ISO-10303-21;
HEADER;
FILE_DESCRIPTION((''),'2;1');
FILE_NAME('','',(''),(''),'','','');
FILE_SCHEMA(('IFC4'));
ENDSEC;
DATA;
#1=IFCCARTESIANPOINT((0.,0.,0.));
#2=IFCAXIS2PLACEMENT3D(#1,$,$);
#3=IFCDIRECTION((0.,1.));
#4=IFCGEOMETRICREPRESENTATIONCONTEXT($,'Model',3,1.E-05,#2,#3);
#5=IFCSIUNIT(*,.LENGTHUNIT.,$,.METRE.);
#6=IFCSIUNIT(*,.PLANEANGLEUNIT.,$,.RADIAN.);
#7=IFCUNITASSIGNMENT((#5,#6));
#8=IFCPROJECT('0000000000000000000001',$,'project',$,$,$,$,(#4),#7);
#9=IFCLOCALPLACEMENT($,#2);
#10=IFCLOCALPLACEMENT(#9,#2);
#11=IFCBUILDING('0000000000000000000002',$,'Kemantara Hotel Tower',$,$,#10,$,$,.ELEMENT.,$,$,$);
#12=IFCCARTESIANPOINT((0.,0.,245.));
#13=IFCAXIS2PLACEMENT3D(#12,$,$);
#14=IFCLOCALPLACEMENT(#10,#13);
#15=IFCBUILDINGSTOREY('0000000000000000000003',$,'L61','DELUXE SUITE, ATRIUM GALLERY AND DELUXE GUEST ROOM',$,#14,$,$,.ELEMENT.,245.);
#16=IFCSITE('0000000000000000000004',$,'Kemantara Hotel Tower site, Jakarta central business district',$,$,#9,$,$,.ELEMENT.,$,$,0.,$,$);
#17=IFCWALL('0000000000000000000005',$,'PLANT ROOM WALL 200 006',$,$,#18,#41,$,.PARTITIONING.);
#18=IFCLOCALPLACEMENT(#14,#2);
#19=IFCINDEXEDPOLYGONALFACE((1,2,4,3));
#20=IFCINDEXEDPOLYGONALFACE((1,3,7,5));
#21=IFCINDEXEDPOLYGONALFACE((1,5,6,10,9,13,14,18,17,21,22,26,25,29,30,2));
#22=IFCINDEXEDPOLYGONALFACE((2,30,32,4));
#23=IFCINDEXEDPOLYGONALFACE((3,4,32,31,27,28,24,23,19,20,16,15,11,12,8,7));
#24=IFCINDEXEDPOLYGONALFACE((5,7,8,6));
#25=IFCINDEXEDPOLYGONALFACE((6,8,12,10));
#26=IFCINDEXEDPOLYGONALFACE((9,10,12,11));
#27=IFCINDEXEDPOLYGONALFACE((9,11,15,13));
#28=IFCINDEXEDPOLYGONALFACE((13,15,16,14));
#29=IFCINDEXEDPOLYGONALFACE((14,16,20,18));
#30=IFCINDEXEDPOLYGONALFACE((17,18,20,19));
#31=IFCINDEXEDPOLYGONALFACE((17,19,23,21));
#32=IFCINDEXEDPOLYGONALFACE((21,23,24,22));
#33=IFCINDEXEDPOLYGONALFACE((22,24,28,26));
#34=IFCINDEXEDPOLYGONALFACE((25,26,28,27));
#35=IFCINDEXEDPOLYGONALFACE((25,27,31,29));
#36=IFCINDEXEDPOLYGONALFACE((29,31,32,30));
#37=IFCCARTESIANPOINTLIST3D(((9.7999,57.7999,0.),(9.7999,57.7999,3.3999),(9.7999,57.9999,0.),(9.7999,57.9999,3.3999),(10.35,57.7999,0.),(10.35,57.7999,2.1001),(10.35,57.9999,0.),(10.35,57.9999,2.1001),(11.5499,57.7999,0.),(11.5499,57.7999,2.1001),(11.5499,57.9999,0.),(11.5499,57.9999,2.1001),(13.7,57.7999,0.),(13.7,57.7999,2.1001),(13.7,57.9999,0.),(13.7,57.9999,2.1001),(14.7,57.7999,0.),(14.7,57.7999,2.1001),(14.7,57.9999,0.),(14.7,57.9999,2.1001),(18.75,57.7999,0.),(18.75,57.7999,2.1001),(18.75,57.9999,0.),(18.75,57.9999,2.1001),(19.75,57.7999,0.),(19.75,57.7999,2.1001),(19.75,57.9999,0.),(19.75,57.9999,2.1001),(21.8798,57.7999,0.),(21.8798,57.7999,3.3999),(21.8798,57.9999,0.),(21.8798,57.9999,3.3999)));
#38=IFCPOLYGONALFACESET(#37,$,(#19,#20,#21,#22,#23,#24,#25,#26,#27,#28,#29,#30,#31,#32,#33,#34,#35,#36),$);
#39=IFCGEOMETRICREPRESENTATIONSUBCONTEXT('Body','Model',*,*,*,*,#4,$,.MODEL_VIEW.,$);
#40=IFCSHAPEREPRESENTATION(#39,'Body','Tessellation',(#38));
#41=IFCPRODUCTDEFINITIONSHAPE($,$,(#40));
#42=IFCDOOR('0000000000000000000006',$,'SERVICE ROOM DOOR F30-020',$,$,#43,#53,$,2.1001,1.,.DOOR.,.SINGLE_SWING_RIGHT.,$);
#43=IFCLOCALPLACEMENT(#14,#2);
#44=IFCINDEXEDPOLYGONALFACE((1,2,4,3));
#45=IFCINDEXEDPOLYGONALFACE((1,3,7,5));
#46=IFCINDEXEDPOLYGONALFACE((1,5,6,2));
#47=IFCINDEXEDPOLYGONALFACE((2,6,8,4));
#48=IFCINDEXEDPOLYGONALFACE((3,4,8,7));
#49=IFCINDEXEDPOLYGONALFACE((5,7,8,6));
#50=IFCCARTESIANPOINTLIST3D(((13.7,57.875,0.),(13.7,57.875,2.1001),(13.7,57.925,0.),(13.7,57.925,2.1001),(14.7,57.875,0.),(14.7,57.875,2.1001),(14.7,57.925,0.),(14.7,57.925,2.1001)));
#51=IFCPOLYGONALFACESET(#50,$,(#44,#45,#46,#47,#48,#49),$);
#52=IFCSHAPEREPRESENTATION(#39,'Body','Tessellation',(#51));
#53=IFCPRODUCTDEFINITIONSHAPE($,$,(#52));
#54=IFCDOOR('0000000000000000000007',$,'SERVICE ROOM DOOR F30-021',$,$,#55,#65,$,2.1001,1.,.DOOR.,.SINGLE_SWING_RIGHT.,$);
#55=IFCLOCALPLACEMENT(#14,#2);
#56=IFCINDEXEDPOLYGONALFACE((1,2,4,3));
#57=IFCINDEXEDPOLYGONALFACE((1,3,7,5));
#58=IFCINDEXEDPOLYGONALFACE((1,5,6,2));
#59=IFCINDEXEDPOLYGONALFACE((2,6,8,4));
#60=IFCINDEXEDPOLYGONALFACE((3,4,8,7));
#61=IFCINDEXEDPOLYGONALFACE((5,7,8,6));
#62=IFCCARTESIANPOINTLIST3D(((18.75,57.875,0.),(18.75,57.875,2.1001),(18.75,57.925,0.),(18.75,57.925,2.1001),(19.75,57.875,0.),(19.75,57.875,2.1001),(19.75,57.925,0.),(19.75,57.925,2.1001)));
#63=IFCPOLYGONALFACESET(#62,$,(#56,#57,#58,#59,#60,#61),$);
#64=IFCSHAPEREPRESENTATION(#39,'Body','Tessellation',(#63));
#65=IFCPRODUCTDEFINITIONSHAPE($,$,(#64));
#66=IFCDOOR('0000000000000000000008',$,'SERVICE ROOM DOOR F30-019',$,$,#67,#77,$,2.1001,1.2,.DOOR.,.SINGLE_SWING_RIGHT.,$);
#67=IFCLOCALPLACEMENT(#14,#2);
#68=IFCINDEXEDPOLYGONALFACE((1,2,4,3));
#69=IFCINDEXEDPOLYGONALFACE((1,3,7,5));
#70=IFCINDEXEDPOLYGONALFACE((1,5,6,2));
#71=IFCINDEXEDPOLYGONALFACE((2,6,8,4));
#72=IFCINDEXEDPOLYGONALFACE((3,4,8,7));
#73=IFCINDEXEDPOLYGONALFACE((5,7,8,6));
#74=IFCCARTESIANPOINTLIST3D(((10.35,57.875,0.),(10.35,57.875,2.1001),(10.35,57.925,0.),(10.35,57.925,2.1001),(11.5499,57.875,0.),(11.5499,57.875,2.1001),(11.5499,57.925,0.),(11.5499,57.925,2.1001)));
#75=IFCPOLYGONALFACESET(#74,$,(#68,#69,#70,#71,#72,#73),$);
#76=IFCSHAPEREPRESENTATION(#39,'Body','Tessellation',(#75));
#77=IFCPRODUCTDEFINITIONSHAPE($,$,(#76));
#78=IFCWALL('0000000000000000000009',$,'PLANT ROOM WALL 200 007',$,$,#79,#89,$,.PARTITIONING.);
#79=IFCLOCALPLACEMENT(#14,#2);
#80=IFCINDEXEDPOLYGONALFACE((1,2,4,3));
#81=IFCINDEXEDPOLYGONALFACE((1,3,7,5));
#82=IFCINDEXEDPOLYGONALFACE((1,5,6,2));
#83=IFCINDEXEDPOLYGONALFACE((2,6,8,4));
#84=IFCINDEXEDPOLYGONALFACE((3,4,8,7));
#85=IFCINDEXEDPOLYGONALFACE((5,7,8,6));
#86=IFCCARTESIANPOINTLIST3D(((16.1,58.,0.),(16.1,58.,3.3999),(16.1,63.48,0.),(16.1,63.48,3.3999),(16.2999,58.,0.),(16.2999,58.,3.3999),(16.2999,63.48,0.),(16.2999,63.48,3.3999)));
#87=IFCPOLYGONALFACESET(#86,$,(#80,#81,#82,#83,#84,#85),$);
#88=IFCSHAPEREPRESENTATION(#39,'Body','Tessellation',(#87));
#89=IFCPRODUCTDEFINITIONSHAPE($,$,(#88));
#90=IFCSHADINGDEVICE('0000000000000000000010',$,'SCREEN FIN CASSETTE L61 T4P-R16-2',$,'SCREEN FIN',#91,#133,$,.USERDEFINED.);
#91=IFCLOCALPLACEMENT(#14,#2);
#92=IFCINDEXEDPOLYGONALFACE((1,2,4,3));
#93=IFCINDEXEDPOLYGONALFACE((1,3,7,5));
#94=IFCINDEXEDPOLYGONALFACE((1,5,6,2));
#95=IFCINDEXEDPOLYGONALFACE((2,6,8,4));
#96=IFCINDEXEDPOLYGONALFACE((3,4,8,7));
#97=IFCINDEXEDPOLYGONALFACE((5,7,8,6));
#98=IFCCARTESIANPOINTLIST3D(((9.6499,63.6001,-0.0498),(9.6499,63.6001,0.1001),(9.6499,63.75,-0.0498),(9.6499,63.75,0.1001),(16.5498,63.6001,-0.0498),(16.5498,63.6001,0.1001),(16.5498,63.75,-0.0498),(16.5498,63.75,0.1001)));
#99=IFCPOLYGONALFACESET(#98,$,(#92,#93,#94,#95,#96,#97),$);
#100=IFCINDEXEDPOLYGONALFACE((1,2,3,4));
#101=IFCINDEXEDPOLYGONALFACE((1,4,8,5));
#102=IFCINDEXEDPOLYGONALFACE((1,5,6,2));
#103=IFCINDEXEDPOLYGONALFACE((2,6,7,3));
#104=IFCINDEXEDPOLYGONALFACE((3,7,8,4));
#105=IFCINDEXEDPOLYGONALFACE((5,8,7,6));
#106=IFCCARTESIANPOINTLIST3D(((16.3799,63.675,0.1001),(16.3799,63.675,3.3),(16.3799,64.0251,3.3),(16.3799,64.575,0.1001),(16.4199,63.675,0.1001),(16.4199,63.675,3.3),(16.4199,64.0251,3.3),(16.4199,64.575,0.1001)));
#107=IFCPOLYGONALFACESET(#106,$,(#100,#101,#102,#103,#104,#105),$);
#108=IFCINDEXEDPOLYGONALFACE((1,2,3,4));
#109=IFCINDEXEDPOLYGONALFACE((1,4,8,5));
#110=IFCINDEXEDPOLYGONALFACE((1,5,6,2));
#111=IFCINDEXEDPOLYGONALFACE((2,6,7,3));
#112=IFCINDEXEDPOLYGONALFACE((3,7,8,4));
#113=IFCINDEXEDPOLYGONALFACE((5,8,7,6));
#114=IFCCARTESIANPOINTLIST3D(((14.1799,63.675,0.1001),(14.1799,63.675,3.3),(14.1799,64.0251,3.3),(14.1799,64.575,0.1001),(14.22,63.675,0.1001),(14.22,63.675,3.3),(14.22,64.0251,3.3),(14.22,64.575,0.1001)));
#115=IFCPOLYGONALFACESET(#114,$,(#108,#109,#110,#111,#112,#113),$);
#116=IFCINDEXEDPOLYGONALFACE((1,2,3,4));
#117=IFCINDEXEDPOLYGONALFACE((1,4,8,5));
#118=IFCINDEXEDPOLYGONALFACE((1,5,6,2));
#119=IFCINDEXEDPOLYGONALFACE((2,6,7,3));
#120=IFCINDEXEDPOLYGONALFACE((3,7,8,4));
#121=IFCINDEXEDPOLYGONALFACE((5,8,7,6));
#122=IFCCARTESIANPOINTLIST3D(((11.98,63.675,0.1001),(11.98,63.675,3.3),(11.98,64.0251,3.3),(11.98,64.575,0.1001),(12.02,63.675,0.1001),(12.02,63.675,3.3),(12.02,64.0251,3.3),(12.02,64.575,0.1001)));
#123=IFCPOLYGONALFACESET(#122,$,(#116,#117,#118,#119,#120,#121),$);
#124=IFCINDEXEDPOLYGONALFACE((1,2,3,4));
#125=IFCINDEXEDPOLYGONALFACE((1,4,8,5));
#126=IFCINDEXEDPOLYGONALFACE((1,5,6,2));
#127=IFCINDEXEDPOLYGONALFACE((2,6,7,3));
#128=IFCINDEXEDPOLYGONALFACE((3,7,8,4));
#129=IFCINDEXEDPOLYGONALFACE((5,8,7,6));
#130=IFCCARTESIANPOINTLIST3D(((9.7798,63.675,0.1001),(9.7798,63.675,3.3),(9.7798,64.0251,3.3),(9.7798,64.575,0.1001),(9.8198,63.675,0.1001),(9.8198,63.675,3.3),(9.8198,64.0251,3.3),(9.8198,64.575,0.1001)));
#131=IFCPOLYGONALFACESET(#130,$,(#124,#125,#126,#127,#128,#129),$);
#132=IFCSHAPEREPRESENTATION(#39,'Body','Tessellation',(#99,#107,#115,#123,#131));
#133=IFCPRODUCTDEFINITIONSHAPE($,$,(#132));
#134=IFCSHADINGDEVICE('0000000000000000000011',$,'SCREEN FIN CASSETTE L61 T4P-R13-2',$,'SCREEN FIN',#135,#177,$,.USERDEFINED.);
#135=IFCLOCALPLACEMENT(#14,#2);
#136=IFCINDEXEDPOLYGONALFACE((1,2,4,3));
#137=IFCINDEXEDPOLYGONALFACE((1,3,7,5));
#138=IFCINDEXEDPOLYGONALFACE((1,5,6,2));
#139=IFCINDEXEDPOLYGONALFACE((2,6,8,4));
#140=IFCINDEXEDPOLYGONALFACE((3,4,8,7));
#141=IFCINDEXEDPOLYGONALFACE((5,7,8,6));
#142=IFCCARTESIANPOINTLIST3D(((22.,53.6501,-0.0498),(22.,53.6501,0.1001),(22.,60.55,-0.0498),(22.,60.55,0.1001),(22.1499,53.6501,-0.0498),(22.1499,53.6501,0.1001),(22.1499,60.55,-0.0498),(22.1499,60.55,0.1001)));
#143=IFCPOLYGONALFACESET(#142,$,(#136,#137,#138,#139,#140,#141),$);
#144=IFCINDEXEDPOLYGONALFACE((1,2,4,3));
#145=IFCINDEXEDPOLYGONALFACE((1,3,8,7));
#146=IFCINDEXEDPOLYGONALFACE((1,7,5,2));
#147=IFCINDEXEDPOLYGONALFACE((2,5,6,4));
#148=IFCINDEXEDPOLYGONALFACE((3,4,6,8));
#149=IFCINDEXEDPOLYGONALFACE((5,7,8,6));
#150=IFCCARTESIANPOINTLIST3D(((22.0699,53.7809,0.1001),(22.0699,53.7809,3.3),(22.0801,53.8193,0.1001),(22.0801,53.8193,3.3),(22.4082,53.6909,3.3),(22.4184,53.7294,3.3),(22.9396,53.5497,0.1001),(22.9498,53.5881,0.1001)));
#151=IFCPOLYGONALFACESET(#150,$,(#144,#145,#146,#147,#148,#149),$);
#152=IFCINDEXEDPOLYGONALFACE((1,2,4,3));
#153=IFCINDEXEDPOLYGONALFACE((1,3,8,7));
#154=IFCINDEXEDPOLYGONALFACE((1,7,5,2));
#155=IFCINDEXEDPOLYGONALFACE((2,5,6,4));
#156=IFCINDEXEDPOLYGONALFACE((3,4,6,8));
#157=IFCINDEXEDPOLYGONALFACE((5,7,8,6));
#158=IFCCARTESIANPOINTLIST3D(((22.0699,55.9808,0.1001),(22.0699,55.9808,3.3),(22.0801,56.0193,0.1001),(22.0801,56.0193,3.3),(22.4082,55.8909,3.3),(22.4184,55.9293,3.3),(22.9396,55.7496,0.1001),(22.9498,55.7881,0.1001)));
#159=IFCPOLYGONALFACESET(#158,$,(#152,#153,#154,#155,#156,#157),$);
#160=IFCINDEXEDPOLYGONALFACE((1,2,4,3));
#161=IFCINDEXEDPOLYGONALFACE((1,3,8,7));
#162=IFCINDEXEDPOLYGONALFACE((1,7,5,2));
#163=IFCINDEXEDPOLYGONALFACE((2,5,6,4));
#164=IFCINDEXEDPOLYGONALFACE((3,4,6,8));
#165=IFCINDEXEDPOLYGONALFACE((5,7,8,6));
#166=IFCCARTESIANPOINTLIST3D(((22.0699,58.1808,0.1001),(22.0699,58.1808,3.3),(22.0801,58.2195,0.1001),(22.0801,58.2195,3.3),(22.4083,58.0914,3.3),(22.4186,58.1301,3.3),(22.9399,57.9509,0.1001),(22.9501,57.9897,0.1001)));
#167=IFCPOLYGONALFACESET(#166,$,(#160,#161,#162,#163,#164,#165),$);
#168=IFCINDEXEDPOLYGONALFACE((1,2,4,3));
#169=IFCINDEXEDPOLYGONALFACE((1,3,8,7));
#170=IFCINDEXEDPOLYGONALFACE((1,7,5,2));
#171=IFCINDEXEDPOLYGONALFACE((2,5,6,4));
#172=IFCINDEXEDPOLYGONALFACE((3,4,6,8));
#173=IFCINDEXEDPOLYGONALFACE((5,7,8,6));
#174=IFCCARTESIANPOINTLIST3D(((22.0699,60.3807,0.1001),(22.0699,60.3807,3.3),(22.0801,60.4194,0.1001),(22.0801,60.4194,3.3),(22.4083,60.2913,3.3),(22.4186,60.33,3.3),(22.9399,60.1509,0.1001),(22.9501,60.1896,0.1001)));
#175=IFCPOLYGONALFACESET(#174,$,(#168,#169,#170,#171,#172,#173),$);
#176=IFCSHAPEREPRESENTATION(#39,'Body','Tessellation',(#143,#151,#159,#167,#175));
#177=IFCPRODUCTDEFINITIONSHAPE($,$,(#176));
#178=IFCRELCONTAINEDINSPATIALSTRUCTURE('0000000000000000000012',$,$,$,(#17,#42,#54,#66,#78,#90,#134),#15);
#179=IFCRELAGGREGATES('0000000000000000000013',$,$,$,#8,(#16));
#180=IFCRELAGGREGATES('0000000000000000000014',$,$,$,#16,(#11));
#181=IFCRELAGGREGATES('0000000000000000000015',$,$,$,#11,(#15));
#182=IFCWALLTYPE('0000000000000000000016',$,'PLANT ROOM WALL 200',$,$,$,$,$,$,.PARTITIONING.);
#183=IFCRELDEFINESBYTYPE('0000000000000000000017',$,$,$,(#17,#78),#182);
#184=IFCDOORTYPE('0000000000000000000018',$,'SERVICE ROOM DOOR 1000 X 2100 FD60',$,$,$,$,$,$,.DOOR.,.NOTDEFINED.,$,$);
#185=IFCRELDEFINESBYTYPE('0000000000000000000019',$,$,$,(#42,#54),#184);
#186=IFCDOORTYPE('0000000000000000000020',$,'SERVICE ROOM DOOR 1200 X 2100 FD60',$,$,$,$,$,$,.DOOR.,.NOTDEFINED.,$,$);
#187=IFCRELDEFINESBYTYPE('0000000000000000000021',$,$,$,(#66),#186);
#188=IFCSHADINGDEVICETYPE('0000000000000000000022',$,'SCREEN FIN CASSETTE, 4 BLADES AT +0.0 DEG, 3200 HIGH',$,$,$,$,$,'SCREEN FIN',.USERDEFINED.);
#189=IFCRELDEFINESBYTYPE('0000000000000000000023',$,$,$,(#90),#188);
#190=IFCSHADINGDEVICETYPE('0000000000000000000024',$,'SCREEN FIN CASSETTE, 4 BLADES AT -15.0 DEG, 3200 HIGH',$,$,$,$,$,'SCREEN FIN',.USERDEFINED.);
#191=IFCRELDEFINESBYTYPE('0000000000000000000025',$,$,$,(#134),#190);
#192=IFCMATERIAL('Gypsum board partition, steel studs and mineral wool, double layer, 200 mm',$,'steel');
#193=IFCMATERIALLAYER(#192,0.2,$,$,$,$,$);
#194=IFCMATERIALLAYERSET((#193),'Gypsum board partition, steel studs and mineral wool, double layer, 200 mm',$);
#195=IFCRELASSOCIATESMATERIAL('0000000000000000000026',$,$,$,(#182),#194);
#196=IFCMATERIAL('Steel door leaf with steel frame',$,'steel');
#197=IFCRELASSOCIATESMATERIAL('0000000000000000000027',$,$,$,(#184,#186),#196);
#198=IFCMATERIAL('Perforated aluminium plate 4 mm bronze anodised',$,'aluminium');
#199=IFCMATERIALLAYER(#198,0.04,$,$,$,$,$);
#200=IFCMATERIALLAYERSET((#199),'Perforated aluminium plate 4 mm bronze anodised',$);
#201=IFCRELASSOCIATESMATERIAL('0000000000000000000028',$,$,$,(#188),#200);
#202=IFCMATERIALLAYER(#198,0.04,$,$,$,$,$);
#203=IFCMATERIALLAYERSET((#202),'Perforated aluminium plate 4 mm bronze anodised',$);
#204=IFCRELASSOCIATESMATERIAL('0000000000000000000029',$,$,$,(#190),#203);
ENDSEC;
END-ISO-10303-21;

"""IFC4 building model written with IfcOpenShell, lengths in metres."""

from ifc_helpers import new_model, si_unit, direction, frame, frame_2d, origin, origin_2d, place, context, subcontext, project, spatial, polyline, rectangle, outline, extrude, source, transform, mapped, material, layer, layer_set, type_object, element, fill, save


model = new_model("IFC4")

# Units and contexts
model_context = context("Model", 3, precision=1e-05, world=origin(), true_north=direction((0.0, 1.0)))
body_context = subcontext(model_context, "Body", "Model", "MODEL_VIEW")
ifc_project = project(units=[si_unit("LENGTHUNIT", "METRE"), si_unit("PLANEANGLEUNIT", "RADIAN")], contexts=[model_context])

# Site, building, storey
site_placement = place(None, origin())
site = spatial("IfcSite", under=ifc_project, at=site_placement, Name="Kemantara Hotel Tower site, Jakarta central business district", CompositionType="ELEMENT", RefElevation=0.0)
building_placement = place(site_placement, origin())
building = spatial("IfcBuilding", under=site, at=building_placement, Name="Kemantara Hotel Tower", CompositionType="ELEMENT")
storey_placement = place(building_placement, frame((0.0, 0.0, 245.0)))
storey = spatial("IfcBuildingStorey", under=building, at=storey_placement, Name="L61", Description="DELUXE SUITE, ATRIUM GALLERY AND DELUXE GUEST ROOM", CompositionType="ELEMENT", Elevation=245.0)

# Wall, openings, doors
ifc_material_1 = material(Name="Gypsum board partition, steel studs and mineral wool, double layer, 200 mm", Category="steel")
ifc_layer_1 = layer(ifc_material_1, 0.2)
ifc_layer_set_1 = layer_set([ifc_layer_1], Name="Gypsum board partition, steel studs and mineral wool, double layer, 200 mm")
wall_type = type_object("IfcWallType", Name="PLANT ROOM WALL 200", PredefinedType="PARTITIONING", material=ifc_layer_set_1)
wall_1_placement = place(storey_placement, frame((21.8799, 57.8999, 0.0), z_axis=(0.0, 0.0, 1.0), x_axis=(-1.0, 0.0, 0.0)))
wall_1 = element("IfcWall", 1, at=wall_1_placement, inside=storey, type_object=wall_type, Name="PLANT ROOM WALL 200 006", PredefinedType="PARTITIONING", context=body_context, shape_type="SweptSolid", body=[
    extrude(rectangle(XDim=12.0798, YDim=0.2, at=frame_2d((6.04, 0.0))), origin(), (0.0, 0.0, 1.0), 3.3999),
])
opening_1_placement = place(wall_1_placement, frame((10.3298, 0.0, 0.0)))
opening_1 = element("IfcOpeningElement", 2, at=opening_1_placement, cuts=wall_1, PredefinedType="OPENING", context=body_context, shape_type="SweptSolid", body=[
    extrude(rectangle(XDim=1.2, YDim=2.1001, at=frame_2d((0.6001, 1.05))), frame((0.0, 0.1099, 0.0), z_axis=(0.0, -1.0, 0.0), x_axis=(1.0, 0.0, 0.0)), (0.0, 0.0, 1.0), 0.22),
])
opening_2_placement = place(wall_1_placement, frame((7.1799, 0.0, 0.0)))
opening_2 = element("IfcOpeningElement", 3, at=opening_2_placement, cuts=wall_1, PredefinedType="OPENING", context=body_context, shape_type="SweptSolid", body=[
    extrude(rectangle(XDim=1.0, YDim=2.1001, at=frame_2d((0.5, 1.05))), frame((0.0, 0.1099, 0.0), z_axis=(0.0, -1.0, 0.0), x_axis=(1.0, 0.0, 0.0)), (0.0, 0.0, 1.0), 0.22),
])
opening_3_placement = place(wall_1_placement, frame((2.1299, 0.0, 0.0)))
opening_3 = element("IfcOpeningElement", 4, at=opening_3_placement, cuts=wall_1, PredefinedType="OPENING", context=body_context, shape_type="SweptSolid", body=[
    extrude(rectangle(XDim=1.0, YDim=2.1001, at=frame_2d((0.5, 1.05))), frame((0.0, 0.1099, 0.0), z_axis=(0.0, -1.0, 0.0), x_axis=(1.0, 0.0, 0.0)), (0.0, 0.0, 1.0), 0.22),
])
ifc_material_2 = material(Name="Steel door leaf with steel frame", Category="steel")
door_type_1 = type_object("IfcDoorType", Name="SERVICE ROOM DOOR 1000 X 2100 FD60", OperationType="NOTDEFINED", PredefinedType="DOOR", material=ifc_material_2)
door_1_placement = place(opening_2_placement, origin())
door_1 = element("IfcDoor", 5, at=door_1_placement, inside=storey, type_object=door_type_1, Name="SERVICE ROOM DOOR F30-020", OperationType="SINGLE_SWING_RIGHT", OverallHeight=2.1001, OverallWidth=1.0, PredefinedType="DOOR", context=body_context, shape_type="SweptSolid", body=[
    extrude(rectangle(XDim=1.0, YDim=2.1001, at=frame_2d((0.5, 1.05))), frame((0.0, 0.0249, 0.0), z_axis=(0.0, -1.0, 0.0), x_axis=(1.0, 0.0, 0.0)), (0.0, 0.0, 1.0), 0.05),
])
fill(opening_2, door_1)
door_2_placement = place(opening_3_placement, origin())
door_2 = element("IfcDoor", 6, at=door_2_placement, inside=storey, type_object=door_type_1, Name="SERVICE ROOM DOOR F30-021", OperationType="SINGLE_SWING_RIGHT", OverallHeight=2.1001, OverallWidth=1.0, PredefinedType="DOOR", context=body_context, shape_type="SweptSolid", body=[
    extrude(rectangle(XDim=1.0, YDim=2.1001, at=frame_2d((0.5, 1.05))), frame((0.0, 0.0249, 0.0), z_axis=(0.0, -1.0, 0.0), x_axis=(1.0, 0.0, 0.0)), (0.0, 0.0, 1.0), 0.05),
])
fill(opening_3, door_2)
door_type_2 = type_object("IfcDoorType", Name="SERVICE ROOM DOOR 1200 X 2100 FD60", OperationType="NOTDEFINED", PredefinedType="DOOR", material=ifc_material_2)
door_3_placement = place(opening_1_placement, origin())
door_3 = element("IfcDoor", 7, at=door_3_placement, inside=storey, type_object=door_type_2, Name="SERVICE ROOM DOOR F30-019", OperationType="SINGLE_SWING_RIGHT", OverallHeight=2.1001, OverallWidth=1.2, PredefinedType="DOOR", context=body_context, shape_type="SweptSolid", body=[
    extrude(rectangle(XDim=1.2, YDim=2.1001, at=frame_2d((0.6001, 1.05))), frame((0.0, 0.0249, 0.0), z_axis=(0.0, -1.0, 0.0), x_axis=(1.0, 0.0, 0.0)), (0.0, 0.0, 1.0), 0.05),
])
fill(opening_1, door_3)

# Wall
wall_2_placement = place(storey_placement, frame((16.2, 58.0, 0.0), z_axis=(0.0, 0.0, 1.0), x_axis=(0.0, 1.0, 0.0)))
element("IfcWall", 8, at=wall_2_placement, inside=storey, type_object=wall_type, Name="PLANT ROOM WALL 200 007", PredefinedType="PARTITIONING", context=body_context, shape_type="SweptSolid", body=[
    extrude(rectangle(XDim=5.48, YDim=0.2, at=frame_2d((2.74, 0.0))), origin(), (0.0, 0.0, 1.0), 3.3999),
])

# Shading devices
ifc_material_3 = material(Name="Perforated aluminium plate 4 mm bronze anodised", Category="aluminium")
ifc_layer_2 = layer(ifc_material_3, 0.04)
ifc_layer_set_2 = layer_set([ifc_layer_2], Name="Perforated aluminium plate 4 mm bronze anodised")
shading_device_type_1 = type_object("IfcShadingDeviceType", Name="SCREEN FIN CASSETTE, 4 BLADES AT +0.0 DEG, 3200 HIGH", ElementType="SCREEN FIN", PredefinedType="USERDEFINED", material=ifc_layer_set_2)
shared_shape_1 = source(origin(), body_context, "Body", "SweptSolid", [
    extrude(rectangle(XDim=6.8999, YDim=0.1499, at=origin_2d()), frame((3.3, -0.075, -0.1499), z_axis=(0.0, 0.0, 1.0), x_axis=(1.0, 0.0, 0.0)), (0.0, 0.0, 1.0), 0.1499),
    extrude(outline(polyline([(0.0, 0.0), (0.8999, 0.0), (0.3501, 3.2), (0.0, 3.2), (0.0, 0.0)])), frame((0.02, -0.075, 0.0), z_axis=(-1.0, 0.0, 0.0), x_axis=(0.0, -1.0, 0.0)), (0.0, 0.0, 1.0), 0.04),
    extrude(outline(polyline([(0.0, 0.0), (0.8999, 0.0), (0.3501, 3.2), (0.0, 3.2), (0.0, 0.0)])), frame((2.22, -0.075, 0.0), z_axis=(-1.0, 0.0, 0.0), x_axis=(0.0, -1.0, 0.0)), (0.0, 0.0, 1.0), 0.04),
    extrude(outline(polyline([(0.0, 0.0), (0.8999, 0.0), (0.3501, 3.2), (0.0, 3.2), (0.0, 0.0)])), frame((4.4199, -0.075, 0.0), z_axis=(-1.0, 0.0, 0.0), x_axis=(0.0, -1.0, 0.0)), (0.0, 0.0, 1.0), 0.04),
    extrude(outline(polyline([(0.0, 0.0), (0.8999, 0.0), (0.3501, 3.2), (0.0, 3.2), (0.0, 0.0)])), frame((6.6201, -0.075, 0.0), z_axis=(-1.0, 0.0, 0.0), x_axis=(0.0, -1.0, 0.0)), (0.0, 0.0, 1.0), 0.04),
])
shading_device_1_placement = place(storey_placement, frame((16.3999, 63.6001, 0.1001), z_axis=(0.0, 0.0, 1.0), x_axis=(-1.0, 0.0, 0.0)))
element("IfcShadingDevice", 9, at=shading_device_1_placement, inside=storey, type_object=shading_device_type_1, Name="SCREEN FIN CASSETTE L61 T4P-R16-2", ObjectType="SCREEN FIN", PredefinedType="USERDEFINED", context=body_context, shape_type="MappedRepresentation", body=[
    mapped(shared_shape_1, transform((0.0, 0.0, 0.0))),
])
ifc_layer_3 = layer(ifc_material_3, 0.04)
ifc_layer_set_3 = layer_set([ifc_layer_3], Name="Perforated aluminium plate 4 mm bronze anodised")
shading_device_type_2 = type_object("IfcShadingDeviceType", Name="SCREEN FIN CASSETTE, 4 BLADES AT -15.0 DEG, 3200 HIGH", ElementType="SCREEN FIN", PredefinedType="USERDEFINED", material=ifc_layer_set_3)
shared_shape_2 = source(origin(), body_context, "Body", "SweptSolid", [
    extrude(rectangle(XDim=6.8999, YDim=0.1499, at=origin_2d()), frame((3.3, -0.075, -0.1499), z_axis=(0.0, 0.0, 1.0), x_axis=(1.0, 0.0, 0.0)), (0.0, 0.0, 1.0), 0.1499),
    extrude(outline(polyline([(0.0, 0.0), (0.8999, 0.0), (0.3501, 3.2), (0.0, 3.2), (0.0, 0.0)])), frame((0.0193, -0.0801, 0.0), z_axis=(-0.966438, 0.256901, 0.0), x_axis=(-0.256901, -0.966438, 0.0)), (0.0, 0.0, 1.0), 0.0398),
    extrude(outline(polyline([(0.0, 0.0), (0.8999, 0.0), (0.3501, 3.2), (0.0, 3.2), (0.0, 0.0)])), frame((2.2192, -0.0801, 0.0), z_axis=(-0.966438, 0.256901, 0.0), x_axis=(-0.256901, -0.966438, 0.0)), (0.0, 0.0, 1.0), 0.0398),
    extrude(outline(polyline([(0.0, 0.0), (0.8999, 0.0), (0.3501, 3.2), (0.0, 3.2), (0.0, 0.0)])), frame((4.4194, -0.0801, 0.0), z_axis=(-0.966838, 0.255391, 0.0), x_axis=(-0.255391, -0.966838, 0.0)), (0.0, 0.0, 1.0), 0.04),
    extrude(outline(polyline([(0.0, 0.0), (0.8999, 0.0), (0.3501, 3.2), (0.0, 3.2), (0.0, 0.0)])), frame((6.6194, -0.0801, 0.0), z_axis=(-0.966838, 0.255391, 0.0), x_axis=(-0.255391, -0.966838, 0.0)), (0.0, 0.0, 1.0), 0.04),
])
shading_device_2_placement = place(storey_placement, frame((22.0, 53.8, 0.1001), z_axis=(0.0, 0.0, 1.0), x_axis=(0.0, 1.0, 0.0)))
element("IfcShadingDevice", 10, at=shading_device_2_placement, inside=storey, type_object=shading_device_type_2, Name="SCREEN FIN CASSETTE L61 T4P-R13-2", ObjectType="SCREEN FIN", PredefinedType="USERDEFINED", context=body_context, shape_type="MappedRepresentation", body=[
    mapped(shared_shape_2, transform((0.0, 0.0, 0.0))),
])

save(model, "model.ifc")
